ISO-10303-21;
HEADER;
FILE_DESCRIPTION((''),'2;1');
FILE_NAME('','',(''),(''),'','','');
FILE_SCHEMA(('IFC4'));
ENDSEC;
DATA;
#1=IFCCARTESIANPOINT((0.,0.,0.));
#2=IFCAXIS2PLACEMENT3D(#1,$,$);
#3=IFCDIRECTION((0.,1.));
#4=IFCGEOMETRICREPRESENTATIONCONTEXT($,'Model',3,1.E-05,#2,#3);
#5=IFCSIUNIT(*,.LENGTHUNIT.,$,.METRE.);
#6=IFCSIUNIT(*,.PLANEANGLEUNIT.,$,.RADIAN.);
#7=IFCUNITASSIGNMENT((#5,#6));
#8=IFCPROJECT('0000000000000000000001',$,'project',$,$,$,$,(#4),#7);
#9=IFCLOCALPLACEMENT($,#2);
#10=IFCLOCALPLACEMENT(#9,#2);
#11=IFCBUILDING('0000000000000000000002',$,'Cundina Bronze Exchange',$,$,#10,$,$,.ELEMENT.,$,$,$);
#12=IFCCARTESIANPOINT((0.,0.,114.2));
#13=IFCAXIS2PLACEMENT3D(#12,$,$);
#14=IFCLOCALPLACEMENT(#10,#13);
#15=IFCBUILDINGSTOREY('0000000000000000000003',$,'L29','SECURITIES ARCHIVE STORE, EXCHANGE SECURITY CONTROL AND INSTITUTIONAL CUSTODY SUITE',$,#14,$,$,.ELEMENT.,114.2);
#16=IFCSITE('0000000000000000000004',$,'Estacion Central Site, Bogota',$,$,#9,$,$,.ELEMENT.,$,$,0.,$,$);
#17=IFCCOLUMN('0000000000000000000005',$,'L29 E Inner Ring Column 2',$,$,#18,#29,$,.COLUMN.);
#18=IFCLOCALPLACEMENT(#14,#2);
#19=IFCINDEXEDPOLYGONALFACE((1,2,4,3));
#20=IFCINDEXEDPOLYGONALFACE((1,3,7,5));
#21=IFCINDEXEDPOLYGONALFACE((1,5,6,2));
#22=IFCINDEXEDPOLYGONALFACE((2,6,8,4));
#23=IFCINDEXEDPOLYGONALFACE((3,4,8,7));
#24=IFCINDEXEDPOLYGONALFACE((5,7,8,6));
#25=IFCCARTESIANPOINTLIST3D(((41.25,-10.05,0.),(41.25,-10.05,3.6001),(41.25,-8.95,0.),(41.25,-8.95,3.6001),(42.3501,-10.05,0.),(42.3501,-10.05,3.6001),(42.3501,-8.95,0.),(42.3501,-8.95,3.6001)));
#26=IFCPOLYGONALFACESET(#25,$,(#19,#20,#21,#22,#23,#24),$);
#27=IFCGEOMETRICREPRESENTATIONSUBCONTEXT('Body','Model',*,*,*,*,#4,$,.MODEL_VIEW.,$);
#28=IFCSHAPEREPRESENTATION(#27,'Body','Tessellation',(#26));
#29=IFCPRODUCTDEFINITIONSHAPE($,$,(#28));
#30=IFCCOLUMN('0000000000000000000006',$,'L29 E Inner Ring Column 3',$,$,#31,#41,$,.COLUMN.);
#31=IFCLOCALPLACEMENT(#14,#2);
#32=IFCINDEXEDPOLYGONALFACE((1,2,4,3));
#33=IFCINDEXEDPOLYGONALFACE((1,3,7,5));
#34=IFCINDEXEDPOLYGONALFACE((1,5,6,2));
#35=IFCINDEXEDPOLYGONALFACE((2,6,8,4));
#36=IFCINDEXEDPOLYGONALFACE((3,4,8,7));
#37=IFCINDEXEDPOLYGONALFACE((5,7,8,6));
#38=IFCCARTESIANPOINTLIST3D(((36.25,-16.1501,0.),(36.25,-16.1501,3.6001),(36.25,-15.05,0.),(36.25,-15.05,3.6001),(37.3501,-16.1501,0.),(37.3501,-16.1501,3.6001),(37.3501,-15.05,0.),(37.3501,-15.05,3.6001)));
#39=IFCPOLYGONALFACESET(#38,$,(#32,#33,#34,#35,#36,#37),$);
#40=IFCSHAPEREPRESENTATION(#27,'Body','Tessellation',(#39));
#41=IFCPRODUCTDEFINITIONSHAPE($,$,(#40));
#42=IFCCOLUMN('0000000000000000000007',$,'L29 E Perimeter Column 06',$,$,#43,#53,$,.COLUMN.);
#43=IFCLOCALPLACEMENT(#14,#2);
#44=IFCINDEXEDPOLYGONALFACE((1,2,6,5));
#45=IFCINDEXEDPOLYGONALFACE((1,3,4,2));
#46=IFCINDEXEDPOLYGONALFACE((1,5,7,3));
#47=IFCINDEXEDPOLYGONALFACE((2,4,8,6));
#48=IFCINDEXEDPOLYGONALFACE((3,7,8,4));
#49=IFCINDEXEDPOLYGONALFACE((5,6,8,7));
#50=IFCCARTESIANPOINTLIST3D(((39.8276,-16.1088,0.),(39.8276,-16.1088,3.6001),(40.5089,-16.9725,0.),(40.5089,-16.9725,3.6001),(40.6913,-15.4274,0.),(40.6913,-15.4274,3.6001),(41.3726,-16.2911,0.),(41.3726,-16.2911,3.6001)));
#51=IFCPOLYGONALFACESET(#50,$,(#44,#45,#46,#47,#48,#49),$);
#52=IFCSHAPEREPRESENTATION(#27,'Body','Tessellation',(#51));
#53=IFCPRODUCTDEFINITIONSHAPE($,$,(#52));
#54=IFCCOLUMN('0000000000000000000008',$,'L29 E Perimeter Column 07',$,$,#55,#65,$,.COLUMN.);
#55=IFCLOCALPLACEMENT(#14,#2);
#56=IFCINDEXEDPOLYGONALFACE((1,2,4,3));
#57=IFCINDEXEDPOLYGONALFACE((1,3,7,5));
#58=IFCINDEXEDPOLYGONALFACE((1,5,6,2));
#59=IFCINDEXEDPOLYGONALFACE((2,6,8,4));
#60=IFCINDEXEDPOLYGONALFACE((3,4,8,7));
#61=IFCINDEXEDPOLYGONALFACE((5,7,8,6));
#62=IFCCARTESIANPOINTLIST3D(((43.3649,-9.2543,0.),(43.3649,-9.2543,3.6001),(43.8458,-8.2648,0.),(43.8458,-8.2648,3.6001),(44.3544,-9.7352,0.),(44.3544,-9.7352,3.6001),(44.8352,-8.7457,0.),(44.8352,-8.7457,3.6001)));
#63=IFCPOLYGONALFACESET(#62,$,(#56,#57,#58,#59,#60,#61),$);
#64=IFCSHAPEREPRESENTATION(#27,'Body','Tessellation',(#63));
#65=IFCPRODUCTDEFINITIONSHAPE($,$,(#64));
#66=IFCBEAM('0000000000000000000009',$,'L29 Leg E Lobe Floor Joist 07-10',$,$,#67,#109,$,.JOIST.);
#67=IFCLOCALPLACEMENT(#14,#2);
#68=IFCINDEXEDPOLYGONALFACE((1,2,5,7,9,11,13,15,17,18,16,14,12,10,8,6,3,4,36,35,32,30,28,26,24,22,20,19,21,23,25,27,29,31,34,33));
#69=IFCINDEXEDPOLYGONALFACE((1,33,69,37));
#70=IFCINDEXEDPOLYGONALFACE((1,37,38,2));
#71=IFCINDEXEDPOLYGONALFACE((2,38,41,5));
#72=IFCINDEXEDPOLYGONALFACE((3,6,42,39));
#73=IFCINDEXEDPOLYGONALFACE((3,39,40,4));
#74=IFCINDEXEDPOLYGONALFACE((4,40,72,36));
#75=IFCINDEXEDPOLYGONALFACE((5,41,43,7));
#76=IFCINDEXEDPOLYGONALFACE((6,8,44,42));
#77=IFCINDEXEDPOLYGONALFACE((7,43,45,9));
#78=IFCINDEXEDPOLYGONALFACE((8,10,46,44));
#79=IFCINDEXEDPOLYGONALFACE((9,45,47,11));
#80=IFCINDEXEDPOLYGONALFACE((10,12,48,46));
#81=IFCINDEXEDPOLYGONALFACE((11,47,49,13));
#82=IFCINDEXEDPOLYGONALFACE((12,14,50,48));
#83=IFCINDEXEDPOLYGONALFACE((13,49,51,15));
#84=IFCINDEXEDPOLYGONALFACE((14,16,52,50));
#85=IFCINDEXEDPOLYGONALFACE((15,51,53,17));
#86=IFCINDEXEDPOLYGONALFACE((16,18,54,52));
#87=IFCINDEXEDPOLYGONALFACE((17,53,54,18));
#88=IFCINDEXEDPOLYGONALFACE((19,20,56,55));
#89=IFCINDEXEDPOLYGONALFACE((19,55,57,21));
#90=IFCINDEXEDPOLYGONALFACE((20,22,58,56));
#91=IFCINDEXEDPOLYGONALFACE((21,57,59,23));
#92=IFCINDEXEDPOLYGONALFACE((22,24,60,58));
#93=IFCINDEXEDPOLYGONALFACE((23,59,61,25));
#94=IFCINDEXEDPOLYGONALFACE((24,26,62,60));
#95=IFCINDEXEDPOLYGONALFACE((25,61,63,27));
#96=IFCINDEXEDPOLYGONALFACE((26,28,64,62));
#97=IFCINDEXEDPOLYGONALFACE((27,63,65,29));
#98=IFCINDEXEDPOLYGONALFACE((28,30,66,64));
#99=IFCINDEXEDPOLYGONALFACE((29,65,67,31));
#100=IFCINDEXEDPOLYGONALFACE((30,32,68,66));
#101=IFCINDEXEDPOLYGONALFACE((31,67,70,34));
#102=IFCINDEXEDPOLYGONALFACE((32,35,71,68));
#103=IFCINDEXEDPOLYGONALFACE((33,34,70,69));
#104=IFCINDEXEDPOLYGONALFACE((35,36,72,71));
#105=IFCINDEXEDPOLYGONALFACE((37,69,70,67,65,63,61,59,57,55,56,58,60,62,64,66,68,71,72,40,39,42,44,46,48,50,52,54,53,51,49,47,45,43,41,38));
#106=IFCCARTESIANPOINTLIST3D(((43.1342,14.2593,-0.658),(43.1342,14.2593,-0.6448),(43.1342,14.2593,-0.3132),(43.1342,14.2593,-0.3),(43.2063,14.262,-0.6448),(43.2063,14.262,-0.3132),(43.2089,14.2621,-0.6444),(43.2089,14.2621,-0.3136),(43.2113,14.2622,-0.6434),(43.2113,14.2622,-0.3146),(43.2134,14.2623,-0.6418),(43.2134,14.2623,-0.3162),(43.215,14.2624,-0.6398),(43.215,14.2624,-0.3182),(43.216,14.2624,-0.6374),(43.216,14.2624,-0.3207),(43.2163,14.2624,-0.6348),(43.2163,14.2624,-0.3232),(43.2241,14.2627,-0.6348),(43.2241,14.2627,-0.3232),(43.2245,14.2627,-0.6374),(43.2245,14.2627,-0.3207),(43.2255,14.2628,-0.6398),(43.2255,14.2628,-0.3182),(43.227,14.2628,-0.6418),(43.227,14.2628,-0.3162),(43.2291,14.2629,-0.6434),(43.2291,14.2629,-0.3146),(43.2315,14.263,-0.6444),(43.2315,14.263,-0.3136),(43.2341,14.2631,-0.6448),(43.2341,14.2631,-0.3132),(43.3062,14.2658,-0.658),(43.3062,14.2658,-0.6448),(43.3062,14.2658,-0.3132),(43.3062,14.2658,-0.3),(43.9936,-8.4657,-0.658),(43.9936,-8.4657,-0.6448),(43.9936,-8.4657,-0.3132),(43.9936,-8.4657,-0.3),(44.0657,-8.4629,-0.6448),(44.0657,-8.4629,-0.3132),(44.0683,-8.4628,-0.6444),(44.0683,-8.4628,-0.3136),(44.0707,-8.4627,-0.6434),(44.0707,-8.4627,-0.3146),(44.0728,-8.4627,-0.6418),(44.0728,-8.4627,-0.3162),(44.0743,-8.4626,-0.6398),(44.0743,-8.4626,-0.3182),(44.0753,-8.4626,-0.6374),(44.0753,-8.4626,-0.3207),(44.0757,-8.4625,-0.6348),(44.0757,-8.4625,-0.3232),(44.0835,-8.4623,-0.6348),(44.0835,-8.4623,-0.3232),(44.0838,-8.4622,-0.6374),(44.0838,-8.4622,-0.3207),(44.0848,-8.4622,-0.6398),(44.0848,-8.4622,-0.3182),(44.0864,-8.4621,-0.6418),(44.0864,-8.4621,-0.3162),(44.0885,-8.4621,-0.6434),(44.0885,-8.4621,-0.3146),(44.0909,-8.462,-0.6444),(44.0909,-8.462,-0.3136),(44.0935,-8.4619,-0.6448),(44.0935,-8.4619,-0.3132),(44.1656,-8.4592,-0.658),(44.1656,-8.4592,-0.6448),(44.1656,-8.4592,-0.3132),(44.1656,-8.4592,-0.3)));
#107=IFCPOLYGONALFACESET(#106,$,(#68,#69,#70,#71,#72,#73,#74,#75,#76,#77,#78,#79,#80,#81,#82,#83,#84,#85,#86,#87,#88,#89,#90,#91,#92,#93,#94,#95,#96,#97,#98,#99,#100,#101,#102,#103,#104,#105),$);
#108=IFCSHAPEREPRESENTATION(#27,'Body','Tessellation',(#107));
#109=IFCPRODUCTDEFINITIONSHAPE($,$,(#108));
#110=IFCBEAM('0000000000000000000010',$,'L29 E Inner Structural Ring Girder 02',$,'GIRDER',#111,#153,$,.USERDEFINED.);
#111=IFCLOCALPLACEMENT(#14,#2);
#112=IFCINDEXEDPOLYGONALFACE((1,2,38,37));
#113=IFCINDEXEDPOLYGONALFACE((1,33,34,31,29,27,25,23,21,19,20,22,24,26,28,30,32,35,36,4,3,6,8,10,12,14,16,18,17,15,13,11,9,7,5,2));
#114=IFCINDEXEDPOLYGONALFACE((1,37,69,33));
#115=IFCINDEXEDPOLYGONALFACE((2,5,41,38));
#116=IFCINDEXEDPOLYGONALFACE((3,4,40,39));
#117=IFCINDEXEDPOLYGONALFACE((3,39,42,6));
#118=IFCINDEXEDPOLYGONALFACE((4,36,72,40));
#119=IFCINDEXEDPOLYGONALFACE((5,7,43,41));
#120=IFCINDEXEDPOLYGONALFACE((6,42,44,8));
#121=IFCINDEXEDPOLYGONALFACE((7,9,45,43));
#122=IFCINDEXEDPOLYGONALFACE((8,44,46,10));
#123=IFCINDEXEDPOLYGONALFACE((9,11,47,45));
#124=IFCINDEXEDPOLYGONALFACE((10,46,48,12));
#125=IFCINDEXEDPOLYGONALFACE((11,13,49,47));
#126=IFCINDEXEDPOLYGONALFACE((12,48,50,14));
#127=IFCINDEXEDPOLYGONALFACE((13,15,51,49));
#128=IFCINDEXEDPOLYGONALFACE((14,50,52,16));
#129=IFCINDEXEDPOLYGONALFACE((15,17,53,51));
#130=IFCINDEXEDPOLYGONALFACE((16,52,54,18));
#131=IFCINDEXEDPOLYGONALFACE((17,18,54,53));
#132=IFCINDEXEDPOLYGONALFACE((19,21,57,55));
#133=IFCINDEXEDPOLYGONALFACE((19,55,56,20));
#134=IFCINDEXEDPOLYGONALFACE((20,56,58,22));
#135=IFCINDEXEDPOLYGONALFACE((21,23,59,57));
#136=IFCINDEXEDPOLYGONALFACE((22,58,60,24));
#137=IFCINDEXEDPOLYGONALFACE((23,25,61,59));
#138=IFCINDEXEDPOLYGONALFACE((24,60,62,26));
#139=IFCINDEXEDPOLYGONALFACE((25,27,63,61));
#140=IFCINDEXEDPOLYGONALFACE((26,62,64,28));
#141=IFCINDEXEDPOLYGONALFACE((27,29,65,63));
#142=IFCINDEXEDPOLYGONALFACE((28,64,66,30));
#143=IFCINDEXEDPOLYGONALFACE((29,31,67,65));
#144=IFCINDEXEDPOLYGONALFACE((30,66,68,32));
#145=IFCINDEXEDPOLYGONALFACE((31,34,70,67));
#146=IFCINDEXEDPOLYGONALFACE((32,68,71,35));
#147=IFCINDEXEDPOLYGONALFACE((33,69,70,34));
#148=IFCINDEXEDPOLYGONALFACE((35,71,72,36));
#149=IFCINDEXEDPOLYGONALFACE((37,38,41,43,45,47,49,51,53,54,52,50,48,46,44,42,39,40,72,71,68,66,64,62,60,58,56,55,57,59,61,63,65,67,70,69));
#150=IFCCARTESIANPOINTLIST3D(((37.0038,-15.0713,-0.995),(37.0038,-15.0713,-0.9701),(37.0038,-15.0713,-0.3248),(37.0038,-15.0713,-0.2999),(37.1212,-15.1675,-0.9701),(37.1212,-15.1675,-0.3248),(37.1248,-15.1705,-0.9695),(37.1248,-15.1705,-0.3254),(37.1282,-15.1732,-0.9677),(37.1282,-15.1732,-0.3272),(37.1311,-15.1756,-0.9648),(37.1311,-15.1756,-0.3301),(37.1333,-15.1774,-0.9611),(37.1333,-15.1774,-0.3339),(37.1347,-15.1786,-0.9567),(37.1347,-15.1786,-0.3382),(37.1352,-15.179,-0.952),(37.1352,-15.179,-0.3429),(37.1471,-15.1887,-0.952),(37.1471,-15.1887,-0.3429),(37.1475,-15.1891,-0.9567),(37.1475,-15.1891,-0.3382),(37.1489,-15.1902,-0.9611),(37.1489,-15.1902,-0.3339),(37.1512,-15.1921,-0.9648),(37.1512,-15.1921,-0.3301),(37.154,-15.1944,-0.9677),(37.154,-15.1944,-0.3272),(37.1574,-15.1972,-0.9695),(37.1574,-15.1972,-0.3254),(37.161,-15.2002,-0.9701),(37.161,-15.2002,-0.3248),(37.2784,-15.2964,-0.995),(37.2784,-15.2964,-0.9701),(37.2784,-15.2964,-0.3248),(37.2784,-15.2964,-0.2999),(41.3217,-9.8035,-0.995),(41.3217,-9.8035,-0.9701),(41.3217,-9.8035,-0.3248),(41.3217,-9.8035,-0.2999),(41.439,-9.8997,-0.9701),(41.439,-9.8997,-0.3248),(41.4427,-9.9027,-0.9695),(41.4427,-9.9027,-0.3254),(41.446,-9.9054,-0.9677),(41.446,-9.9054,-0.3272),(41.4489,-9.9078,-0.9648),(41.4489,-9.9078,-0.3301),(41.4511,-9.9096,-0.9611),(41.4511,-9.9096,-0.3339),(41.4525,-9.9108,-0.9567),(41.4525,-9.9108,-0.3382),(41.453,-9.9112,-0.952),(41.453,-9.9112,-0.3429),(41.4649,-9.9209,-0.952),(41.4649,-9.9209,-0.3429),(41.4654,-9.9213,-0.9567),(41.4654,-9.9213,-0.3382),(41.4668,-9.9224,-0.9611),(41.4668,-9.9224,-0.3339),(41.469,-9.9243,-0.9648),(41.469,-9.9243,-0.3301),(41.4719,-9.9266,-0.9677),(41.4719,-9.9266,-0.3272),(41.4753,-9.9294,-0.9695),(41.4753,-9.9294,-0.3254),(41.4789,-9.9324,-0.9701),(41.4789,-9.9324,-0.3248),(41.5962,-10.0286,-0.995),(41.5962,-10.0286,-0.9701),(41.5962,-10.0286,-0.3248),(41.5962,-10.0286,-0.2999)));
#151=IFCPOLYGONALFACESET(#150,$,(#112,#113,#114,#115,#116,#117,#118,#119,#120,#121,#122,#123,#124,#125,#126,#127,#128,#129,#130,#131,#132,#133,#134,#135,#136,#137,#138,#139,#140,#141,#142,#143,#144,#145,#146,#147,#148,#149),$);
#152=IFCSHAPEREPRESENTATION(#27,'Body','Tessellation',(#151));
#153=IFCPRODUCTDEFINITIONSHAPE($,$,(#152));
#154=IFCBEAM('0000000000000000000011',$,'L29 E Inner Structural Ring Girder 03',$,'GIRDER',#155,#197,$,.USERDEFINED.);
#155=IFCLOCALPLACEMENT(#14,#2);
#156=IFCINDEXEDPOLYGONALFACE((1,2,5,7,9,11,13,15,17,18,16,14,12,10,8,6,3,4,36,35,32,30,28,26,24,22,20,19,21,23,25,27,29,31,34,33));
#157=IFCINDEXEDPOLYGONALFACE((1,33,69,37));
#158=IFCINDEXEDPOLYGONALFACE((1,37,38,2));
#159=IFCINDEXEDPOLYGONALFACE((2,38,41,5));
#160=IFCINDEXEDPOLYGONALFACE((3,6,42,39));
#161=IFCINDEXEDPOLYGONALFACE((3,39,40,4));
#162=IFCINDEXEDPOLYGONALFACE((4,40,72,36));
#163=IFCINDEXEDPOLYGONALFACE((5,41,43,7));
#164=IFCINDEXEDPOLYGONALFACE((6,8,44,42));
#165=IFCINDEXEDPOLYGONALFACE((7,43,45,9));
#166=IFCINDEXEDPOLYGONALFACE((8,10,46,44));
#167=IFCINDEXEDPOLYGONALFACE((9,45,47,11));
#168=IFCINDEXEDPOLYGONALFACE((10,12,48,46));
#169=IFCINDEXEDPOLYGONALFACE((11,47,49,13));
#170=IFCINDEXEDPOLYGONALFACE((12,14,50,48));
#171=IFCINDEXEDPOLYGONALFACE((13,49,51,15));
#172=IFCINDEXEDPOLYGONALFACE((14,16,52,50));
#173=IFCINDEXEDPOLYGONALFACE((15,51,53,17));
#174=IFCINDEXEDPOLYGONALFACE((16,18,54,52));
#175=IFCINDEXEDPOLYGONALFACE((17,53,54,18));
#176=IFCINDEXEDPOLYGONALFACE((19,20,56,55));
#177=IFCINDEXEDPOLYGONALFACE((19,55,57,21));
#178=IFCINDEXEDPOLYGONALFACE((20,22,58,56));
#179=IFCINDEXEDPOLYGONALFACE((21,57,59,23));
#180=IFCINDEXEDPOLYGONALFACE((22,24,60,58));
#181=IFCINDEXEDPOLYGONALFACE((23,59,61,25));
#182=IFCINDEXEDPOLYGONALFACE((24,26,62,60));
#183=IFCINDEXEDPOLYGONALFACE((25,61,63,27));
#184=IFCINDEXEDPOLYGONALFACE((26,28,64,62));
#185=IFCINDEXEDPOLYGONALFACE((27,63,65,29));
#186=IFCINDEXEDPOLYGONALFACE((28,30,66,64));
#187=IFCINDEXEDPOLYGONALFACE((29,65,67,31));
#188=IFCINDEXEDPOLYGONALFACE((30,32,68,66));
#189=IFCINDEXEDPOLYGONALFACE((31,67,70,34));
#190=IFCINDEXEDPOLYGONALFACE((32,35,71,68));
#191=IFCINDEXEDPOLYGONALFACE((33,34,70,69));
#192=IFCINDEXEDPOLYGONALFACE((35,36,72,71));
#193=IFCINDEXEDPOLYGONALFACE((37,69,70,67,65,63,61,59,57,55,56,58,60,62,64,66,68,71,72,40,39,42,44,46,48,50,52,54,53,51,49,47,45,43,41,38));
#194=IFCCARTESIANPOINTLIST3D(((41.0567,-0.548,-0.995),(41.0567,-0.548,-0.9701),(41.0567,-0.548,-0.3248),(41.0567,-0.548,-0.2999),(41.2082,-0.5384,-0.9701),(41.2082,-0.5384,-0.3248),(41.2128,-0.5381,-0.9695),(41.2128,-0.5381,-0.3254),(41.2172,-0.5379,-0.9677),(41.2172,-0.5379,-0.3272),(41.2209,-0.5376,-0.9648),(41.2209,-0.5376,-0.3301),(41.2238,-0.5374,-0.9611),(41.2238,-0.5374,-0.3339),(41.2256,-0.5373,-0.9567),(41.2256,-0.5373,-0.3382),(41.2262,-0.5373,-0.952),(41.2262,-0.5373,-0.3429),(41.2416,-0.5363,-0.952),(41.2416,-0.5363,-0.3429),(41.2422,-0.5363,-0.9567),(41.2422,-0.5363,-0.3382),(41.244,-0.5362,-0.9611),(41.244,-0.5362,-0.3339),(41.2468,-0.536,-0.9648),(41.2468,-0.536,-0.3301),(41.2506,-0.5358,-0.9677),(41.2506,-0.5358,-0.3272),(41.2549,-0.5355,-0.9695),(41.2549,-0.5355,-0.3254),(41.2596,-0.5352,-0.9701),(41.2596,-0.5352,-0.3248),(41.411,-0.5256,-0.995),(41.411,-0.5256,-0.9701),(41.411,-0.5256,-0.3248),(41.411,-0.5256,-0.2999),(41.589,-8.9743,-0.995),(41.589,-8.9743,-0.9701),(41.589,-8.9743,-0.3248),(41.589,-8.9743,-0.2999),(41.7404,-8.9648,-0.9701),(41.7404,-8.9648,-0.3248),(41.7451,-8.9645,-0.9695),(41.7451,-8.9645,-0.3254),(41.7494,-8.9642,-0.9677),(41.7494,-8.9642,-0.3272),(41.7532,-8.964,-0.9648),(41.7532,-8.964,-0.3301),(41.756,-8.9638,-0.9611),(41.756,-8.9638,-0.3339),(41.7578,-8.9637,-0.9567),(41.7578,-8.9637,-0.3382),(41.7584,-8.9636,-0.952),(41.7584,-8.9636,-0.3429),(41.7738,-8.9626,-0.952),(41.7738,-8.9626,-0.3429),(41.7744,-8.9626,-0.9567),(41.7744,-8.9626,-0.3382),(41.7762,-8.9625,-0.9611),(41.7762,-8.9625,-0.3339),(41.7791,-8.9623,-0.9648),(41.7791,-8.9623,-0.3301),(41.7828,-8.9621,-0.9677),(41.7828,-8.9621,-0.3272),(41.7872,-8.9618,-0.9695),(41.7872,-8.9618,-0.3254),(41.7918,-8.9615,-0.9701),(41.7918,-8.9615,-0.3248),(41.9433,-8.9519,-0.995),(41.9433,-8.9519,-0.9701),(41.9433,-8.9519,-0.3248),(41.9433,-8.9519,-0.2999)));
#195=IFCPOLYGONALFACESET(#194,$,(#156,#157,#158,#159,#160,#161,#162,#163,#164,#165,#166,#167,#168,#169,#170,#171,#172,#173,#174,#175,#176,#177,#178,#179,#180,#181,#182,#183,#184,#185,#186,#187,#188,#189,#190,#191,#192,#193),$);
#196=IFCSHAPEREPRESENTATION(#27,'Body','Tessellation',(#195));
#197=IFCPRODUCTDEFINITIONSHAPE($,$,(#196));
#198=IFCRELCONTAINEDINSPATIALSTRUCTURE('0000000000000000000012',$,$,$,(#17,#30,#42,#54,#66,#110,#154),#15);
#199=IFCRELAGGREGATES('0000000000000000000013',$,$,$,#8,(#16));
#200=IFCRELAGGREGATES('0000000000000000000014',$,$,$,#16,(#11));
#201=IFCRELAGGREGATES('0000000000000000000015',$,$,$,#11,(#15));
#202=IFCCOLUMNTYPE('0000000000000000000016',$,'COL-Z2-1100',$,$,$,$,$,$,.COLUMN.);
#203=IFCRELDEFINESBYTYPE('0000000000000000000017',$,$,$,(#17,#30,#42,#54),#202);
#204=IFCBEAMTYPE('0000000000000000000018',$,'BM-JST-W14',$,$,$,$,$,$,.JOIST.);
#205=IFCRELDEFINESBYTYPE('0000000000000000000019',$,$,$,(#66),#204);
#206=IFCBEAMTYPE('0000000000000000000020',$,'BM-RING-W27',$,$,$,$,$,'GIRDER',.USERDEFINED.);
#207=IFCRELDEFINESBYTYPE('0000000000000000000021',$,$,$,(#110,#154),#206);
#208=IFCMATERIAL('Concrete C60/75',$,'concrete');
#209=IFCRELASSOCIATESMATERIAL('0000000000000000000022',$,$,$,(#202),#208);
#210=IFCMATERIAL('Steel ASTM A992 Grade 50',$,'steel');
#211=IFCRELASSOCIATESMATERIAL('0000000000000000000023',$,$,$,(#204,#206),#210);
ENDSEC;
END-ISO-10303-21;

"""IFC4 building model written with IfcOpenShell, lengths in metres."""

from ifc_helpers import new_model, si_unit, direction, frame, origin, origin_2d, place, context, subcontext, project, spatial, rectangle, i_section, extrude, material, material_profile, profile_set, type_object, element, save


model = new_model("IFC4")

# Units and contexts
model_context = context("Model", 3, precision=1e-05, world=origin(), true_north=direction((0.0, 1.0)))
body_context = subcontext(model_context, "Body", "Model", "MODEL_VIEW")
ifc_project = project(units=[si_unit("LENGTHUNIT", "METRE"), si_unit("PLANEANGLEUNIT", "RADIAN")], contexts=[model_context])

# Site, building, storey
site_placement = place(None, origin())
site = spatial("IfcSite", under=ifc_project, at=site_placement, Name="Estacion Central Site, Bogota", CompositionType="ELEMENT", RefElevation=0.0)
building_placement = place(site_placement, origin())
building = spatial("IfcBuilding", under=site, at=building_placement, Name="Cundina Bronze Exchange", CompositionType="ELEMENT")
storey_placement = place(building_placement, frame((0.0, 0.0, 114.2)))
storey = spatial("IfcBuildingStorey", under=building, at=storey_placement, Name="L29", Description="SECURITIES ARCHIVE STORE, EXCHANGE SECURITY CONTROL AND INSTITUTIONAL CUSTODY SUITE", CompositionType="ELEMENT", Elevation=114.2)

# Columns
ifc_material_1 = material(Name="Concrete C60/75", Category="concrete")
ifc_material_profile_1 = material_profile(ifc_material_1, rectangle(XDim=1.1001, YDim=1.1001, at=origin_2d()), Name="RC1100X1100", Category="concrete")
ifc_profile_set_1 = profile_set([ifc_material_profile_1], Name="Concrete C60/75")
column_type = type_object("IfcColumnType", Name="COL-Z2-1100", PredefinedType="COLUMN", material=ifc_profile_set_1)
for number, where, z_axis, x_axis, name in (
    (1, (41.8, -9.5, 0.0), (0.0, 0.0, 1.0), (1.0, 0.0, 0.0), "L29 E Inner Ring Column 2"),
    (2, (36.8, -15.6001, 0.0), (0.0, 0.0, 1.0), (1.0, 0.0, 0.0), "L29 E Inner Ring Column 3"),
    (3, (40.6001, -16.2, 0.0), (0.0, 0.0, 1.0), (0.785101, 0.619368, 0.0), "L29 E Perimeter Column 06"),
    (4, (44.1001, -9.0, 0.0), (0.0, 0.0, 1.0), (0.437116, 0.899405, 0.0), "L29 E Perimeter Column 07"),
):
    element("IfcColumn", number, at=place(storey_placement, frame(where, z_axis=z_axis, x_axis=x_axis)), inside=storey, type_object=column_type, Name=name, PredefinedType="COLUMN", context=body_context, shape_type="SweptSolid", body=[
        extrude(rectangle(XDim=1.1001, YDim=1.1001, at=origin_2d()), origin(), (0.0, 0.0, 1.0), 3.6001),
    ])

# Beams
ifc_material_2 = material(Name="Steel ASTM A992 Grade 50", Category="steel")
ifc_material_profile_2 = material_profile(ifc_material_2, i_section(OverallWidth=0.1721, OverallDepth=0.3579, WebThickness=0.0078, FlangeThickness=0.0132, FilletRadius=0.01, at=origin_2d()), Name="W14X38", Category="steel")
ifc_profile_set_2 = profile_set([ifc_material_profile_2], Name="Steel ASTM A992 Grade 50")
beam_type_1 = type_object("IfcBeamType", Name="BM-JST-W14", PredefinedType="JOIST", material=ifc_profile_set_2)
beam_1_placement = place(storey_placement, frame((44.0796, -8.4624, -0.479), z_axis=(-0.03779, 0.999286, 0.0), x_axis=(-0.999286, -0.03779, 0.0)))
element("IfcBeam", 5, at=beam_1_placement, inside=storey, type_object=beam_type_1, Name="L29 Leg E Lobe Floor Joist 07-10", PredefinedType="JOIST", context=body_context, shape_type="SweptSolid", body=[
    extrude(i_section(OverallWidth=0.1721, OverallDepth=0.3579, WebThickness=0.0078, FlangeThickness=0.0132, FilletRadius=0.01, at=origin_2d()), origin(), (0.0, 0.0, 1.0), 22.7412),
])
ifc_material_profile_3 = material_profile(ifc_material_2, i_section(OverallWidth=0.355, OverallDepth=0.6951, WebThickness=0.0154, FlangeThickness=0.0249, FilletRadius=0.0181, at=origin_2d()), Name="W27X146", Category="steel")
ifc_profile_set_3 = profile_set([ifc_material_profile_3], Name="Steel ASTM A992 Grade 50")
beam_type_2 = type_object("IfcBeamType", Name="BM-RING-W27", ElementType="GIRDER", PredefinedType="USERDEFINED", material=ifc_profile_set_3)
beam_2_placement = place(storey_placement, frame((37.1411, -15.1838, -0.6475), z_axis=(0.633927, 0.773393, 0.0), x_axis=(-0.773393, 0.633927, 0.0)))
element("IfcBeam", 6, at=beam_2_placement, inside=storey, type_object=beam_type_2, Name="L29 E Inner Structural Ring Girder 02", ObjectType="GIRDER", PredefinedType="USERDEFINED", context=body_context, shape_type="SweptSolid", body=[
    extrude(i_section(OverallWidth=0.355, OverallDepth=0.6951, WebThickness=0.0154, FlangeThickness=0.0249, FilletRadius=0.0181, at=origin_2d()), origin(), (0.0, 0.0, 1.0), 6.8113),
])
beam_3_placement = place(storey_placement, frame((41.7661, -8.9631, -0.6475), z_axis=(-0.063037, 0.998011, 0.0), x_axis=(-0.998011, -0.063037, 0.0)))
element("IfcBeam", 7, at=beam_3_placement, inside=storey, type_object=beam_type_2, Name="L29 E Inner Structural Ring Girder 03", ObjectType="GIRDER", PredefinedType="USERDEFINED", context=body_context, shape_type="SweptSolid", body=[
    extrude(i_section(OverallWidth=0.355, OverallDepth=0.6951, WebThickness=0.0154, FlangeThickness=0.0249, FilletRadius=0.0181, at=origin_2d()), origin(), (0.0, 0.0, 1.0), 8.4431),
])

save(model, "model.ifc")
